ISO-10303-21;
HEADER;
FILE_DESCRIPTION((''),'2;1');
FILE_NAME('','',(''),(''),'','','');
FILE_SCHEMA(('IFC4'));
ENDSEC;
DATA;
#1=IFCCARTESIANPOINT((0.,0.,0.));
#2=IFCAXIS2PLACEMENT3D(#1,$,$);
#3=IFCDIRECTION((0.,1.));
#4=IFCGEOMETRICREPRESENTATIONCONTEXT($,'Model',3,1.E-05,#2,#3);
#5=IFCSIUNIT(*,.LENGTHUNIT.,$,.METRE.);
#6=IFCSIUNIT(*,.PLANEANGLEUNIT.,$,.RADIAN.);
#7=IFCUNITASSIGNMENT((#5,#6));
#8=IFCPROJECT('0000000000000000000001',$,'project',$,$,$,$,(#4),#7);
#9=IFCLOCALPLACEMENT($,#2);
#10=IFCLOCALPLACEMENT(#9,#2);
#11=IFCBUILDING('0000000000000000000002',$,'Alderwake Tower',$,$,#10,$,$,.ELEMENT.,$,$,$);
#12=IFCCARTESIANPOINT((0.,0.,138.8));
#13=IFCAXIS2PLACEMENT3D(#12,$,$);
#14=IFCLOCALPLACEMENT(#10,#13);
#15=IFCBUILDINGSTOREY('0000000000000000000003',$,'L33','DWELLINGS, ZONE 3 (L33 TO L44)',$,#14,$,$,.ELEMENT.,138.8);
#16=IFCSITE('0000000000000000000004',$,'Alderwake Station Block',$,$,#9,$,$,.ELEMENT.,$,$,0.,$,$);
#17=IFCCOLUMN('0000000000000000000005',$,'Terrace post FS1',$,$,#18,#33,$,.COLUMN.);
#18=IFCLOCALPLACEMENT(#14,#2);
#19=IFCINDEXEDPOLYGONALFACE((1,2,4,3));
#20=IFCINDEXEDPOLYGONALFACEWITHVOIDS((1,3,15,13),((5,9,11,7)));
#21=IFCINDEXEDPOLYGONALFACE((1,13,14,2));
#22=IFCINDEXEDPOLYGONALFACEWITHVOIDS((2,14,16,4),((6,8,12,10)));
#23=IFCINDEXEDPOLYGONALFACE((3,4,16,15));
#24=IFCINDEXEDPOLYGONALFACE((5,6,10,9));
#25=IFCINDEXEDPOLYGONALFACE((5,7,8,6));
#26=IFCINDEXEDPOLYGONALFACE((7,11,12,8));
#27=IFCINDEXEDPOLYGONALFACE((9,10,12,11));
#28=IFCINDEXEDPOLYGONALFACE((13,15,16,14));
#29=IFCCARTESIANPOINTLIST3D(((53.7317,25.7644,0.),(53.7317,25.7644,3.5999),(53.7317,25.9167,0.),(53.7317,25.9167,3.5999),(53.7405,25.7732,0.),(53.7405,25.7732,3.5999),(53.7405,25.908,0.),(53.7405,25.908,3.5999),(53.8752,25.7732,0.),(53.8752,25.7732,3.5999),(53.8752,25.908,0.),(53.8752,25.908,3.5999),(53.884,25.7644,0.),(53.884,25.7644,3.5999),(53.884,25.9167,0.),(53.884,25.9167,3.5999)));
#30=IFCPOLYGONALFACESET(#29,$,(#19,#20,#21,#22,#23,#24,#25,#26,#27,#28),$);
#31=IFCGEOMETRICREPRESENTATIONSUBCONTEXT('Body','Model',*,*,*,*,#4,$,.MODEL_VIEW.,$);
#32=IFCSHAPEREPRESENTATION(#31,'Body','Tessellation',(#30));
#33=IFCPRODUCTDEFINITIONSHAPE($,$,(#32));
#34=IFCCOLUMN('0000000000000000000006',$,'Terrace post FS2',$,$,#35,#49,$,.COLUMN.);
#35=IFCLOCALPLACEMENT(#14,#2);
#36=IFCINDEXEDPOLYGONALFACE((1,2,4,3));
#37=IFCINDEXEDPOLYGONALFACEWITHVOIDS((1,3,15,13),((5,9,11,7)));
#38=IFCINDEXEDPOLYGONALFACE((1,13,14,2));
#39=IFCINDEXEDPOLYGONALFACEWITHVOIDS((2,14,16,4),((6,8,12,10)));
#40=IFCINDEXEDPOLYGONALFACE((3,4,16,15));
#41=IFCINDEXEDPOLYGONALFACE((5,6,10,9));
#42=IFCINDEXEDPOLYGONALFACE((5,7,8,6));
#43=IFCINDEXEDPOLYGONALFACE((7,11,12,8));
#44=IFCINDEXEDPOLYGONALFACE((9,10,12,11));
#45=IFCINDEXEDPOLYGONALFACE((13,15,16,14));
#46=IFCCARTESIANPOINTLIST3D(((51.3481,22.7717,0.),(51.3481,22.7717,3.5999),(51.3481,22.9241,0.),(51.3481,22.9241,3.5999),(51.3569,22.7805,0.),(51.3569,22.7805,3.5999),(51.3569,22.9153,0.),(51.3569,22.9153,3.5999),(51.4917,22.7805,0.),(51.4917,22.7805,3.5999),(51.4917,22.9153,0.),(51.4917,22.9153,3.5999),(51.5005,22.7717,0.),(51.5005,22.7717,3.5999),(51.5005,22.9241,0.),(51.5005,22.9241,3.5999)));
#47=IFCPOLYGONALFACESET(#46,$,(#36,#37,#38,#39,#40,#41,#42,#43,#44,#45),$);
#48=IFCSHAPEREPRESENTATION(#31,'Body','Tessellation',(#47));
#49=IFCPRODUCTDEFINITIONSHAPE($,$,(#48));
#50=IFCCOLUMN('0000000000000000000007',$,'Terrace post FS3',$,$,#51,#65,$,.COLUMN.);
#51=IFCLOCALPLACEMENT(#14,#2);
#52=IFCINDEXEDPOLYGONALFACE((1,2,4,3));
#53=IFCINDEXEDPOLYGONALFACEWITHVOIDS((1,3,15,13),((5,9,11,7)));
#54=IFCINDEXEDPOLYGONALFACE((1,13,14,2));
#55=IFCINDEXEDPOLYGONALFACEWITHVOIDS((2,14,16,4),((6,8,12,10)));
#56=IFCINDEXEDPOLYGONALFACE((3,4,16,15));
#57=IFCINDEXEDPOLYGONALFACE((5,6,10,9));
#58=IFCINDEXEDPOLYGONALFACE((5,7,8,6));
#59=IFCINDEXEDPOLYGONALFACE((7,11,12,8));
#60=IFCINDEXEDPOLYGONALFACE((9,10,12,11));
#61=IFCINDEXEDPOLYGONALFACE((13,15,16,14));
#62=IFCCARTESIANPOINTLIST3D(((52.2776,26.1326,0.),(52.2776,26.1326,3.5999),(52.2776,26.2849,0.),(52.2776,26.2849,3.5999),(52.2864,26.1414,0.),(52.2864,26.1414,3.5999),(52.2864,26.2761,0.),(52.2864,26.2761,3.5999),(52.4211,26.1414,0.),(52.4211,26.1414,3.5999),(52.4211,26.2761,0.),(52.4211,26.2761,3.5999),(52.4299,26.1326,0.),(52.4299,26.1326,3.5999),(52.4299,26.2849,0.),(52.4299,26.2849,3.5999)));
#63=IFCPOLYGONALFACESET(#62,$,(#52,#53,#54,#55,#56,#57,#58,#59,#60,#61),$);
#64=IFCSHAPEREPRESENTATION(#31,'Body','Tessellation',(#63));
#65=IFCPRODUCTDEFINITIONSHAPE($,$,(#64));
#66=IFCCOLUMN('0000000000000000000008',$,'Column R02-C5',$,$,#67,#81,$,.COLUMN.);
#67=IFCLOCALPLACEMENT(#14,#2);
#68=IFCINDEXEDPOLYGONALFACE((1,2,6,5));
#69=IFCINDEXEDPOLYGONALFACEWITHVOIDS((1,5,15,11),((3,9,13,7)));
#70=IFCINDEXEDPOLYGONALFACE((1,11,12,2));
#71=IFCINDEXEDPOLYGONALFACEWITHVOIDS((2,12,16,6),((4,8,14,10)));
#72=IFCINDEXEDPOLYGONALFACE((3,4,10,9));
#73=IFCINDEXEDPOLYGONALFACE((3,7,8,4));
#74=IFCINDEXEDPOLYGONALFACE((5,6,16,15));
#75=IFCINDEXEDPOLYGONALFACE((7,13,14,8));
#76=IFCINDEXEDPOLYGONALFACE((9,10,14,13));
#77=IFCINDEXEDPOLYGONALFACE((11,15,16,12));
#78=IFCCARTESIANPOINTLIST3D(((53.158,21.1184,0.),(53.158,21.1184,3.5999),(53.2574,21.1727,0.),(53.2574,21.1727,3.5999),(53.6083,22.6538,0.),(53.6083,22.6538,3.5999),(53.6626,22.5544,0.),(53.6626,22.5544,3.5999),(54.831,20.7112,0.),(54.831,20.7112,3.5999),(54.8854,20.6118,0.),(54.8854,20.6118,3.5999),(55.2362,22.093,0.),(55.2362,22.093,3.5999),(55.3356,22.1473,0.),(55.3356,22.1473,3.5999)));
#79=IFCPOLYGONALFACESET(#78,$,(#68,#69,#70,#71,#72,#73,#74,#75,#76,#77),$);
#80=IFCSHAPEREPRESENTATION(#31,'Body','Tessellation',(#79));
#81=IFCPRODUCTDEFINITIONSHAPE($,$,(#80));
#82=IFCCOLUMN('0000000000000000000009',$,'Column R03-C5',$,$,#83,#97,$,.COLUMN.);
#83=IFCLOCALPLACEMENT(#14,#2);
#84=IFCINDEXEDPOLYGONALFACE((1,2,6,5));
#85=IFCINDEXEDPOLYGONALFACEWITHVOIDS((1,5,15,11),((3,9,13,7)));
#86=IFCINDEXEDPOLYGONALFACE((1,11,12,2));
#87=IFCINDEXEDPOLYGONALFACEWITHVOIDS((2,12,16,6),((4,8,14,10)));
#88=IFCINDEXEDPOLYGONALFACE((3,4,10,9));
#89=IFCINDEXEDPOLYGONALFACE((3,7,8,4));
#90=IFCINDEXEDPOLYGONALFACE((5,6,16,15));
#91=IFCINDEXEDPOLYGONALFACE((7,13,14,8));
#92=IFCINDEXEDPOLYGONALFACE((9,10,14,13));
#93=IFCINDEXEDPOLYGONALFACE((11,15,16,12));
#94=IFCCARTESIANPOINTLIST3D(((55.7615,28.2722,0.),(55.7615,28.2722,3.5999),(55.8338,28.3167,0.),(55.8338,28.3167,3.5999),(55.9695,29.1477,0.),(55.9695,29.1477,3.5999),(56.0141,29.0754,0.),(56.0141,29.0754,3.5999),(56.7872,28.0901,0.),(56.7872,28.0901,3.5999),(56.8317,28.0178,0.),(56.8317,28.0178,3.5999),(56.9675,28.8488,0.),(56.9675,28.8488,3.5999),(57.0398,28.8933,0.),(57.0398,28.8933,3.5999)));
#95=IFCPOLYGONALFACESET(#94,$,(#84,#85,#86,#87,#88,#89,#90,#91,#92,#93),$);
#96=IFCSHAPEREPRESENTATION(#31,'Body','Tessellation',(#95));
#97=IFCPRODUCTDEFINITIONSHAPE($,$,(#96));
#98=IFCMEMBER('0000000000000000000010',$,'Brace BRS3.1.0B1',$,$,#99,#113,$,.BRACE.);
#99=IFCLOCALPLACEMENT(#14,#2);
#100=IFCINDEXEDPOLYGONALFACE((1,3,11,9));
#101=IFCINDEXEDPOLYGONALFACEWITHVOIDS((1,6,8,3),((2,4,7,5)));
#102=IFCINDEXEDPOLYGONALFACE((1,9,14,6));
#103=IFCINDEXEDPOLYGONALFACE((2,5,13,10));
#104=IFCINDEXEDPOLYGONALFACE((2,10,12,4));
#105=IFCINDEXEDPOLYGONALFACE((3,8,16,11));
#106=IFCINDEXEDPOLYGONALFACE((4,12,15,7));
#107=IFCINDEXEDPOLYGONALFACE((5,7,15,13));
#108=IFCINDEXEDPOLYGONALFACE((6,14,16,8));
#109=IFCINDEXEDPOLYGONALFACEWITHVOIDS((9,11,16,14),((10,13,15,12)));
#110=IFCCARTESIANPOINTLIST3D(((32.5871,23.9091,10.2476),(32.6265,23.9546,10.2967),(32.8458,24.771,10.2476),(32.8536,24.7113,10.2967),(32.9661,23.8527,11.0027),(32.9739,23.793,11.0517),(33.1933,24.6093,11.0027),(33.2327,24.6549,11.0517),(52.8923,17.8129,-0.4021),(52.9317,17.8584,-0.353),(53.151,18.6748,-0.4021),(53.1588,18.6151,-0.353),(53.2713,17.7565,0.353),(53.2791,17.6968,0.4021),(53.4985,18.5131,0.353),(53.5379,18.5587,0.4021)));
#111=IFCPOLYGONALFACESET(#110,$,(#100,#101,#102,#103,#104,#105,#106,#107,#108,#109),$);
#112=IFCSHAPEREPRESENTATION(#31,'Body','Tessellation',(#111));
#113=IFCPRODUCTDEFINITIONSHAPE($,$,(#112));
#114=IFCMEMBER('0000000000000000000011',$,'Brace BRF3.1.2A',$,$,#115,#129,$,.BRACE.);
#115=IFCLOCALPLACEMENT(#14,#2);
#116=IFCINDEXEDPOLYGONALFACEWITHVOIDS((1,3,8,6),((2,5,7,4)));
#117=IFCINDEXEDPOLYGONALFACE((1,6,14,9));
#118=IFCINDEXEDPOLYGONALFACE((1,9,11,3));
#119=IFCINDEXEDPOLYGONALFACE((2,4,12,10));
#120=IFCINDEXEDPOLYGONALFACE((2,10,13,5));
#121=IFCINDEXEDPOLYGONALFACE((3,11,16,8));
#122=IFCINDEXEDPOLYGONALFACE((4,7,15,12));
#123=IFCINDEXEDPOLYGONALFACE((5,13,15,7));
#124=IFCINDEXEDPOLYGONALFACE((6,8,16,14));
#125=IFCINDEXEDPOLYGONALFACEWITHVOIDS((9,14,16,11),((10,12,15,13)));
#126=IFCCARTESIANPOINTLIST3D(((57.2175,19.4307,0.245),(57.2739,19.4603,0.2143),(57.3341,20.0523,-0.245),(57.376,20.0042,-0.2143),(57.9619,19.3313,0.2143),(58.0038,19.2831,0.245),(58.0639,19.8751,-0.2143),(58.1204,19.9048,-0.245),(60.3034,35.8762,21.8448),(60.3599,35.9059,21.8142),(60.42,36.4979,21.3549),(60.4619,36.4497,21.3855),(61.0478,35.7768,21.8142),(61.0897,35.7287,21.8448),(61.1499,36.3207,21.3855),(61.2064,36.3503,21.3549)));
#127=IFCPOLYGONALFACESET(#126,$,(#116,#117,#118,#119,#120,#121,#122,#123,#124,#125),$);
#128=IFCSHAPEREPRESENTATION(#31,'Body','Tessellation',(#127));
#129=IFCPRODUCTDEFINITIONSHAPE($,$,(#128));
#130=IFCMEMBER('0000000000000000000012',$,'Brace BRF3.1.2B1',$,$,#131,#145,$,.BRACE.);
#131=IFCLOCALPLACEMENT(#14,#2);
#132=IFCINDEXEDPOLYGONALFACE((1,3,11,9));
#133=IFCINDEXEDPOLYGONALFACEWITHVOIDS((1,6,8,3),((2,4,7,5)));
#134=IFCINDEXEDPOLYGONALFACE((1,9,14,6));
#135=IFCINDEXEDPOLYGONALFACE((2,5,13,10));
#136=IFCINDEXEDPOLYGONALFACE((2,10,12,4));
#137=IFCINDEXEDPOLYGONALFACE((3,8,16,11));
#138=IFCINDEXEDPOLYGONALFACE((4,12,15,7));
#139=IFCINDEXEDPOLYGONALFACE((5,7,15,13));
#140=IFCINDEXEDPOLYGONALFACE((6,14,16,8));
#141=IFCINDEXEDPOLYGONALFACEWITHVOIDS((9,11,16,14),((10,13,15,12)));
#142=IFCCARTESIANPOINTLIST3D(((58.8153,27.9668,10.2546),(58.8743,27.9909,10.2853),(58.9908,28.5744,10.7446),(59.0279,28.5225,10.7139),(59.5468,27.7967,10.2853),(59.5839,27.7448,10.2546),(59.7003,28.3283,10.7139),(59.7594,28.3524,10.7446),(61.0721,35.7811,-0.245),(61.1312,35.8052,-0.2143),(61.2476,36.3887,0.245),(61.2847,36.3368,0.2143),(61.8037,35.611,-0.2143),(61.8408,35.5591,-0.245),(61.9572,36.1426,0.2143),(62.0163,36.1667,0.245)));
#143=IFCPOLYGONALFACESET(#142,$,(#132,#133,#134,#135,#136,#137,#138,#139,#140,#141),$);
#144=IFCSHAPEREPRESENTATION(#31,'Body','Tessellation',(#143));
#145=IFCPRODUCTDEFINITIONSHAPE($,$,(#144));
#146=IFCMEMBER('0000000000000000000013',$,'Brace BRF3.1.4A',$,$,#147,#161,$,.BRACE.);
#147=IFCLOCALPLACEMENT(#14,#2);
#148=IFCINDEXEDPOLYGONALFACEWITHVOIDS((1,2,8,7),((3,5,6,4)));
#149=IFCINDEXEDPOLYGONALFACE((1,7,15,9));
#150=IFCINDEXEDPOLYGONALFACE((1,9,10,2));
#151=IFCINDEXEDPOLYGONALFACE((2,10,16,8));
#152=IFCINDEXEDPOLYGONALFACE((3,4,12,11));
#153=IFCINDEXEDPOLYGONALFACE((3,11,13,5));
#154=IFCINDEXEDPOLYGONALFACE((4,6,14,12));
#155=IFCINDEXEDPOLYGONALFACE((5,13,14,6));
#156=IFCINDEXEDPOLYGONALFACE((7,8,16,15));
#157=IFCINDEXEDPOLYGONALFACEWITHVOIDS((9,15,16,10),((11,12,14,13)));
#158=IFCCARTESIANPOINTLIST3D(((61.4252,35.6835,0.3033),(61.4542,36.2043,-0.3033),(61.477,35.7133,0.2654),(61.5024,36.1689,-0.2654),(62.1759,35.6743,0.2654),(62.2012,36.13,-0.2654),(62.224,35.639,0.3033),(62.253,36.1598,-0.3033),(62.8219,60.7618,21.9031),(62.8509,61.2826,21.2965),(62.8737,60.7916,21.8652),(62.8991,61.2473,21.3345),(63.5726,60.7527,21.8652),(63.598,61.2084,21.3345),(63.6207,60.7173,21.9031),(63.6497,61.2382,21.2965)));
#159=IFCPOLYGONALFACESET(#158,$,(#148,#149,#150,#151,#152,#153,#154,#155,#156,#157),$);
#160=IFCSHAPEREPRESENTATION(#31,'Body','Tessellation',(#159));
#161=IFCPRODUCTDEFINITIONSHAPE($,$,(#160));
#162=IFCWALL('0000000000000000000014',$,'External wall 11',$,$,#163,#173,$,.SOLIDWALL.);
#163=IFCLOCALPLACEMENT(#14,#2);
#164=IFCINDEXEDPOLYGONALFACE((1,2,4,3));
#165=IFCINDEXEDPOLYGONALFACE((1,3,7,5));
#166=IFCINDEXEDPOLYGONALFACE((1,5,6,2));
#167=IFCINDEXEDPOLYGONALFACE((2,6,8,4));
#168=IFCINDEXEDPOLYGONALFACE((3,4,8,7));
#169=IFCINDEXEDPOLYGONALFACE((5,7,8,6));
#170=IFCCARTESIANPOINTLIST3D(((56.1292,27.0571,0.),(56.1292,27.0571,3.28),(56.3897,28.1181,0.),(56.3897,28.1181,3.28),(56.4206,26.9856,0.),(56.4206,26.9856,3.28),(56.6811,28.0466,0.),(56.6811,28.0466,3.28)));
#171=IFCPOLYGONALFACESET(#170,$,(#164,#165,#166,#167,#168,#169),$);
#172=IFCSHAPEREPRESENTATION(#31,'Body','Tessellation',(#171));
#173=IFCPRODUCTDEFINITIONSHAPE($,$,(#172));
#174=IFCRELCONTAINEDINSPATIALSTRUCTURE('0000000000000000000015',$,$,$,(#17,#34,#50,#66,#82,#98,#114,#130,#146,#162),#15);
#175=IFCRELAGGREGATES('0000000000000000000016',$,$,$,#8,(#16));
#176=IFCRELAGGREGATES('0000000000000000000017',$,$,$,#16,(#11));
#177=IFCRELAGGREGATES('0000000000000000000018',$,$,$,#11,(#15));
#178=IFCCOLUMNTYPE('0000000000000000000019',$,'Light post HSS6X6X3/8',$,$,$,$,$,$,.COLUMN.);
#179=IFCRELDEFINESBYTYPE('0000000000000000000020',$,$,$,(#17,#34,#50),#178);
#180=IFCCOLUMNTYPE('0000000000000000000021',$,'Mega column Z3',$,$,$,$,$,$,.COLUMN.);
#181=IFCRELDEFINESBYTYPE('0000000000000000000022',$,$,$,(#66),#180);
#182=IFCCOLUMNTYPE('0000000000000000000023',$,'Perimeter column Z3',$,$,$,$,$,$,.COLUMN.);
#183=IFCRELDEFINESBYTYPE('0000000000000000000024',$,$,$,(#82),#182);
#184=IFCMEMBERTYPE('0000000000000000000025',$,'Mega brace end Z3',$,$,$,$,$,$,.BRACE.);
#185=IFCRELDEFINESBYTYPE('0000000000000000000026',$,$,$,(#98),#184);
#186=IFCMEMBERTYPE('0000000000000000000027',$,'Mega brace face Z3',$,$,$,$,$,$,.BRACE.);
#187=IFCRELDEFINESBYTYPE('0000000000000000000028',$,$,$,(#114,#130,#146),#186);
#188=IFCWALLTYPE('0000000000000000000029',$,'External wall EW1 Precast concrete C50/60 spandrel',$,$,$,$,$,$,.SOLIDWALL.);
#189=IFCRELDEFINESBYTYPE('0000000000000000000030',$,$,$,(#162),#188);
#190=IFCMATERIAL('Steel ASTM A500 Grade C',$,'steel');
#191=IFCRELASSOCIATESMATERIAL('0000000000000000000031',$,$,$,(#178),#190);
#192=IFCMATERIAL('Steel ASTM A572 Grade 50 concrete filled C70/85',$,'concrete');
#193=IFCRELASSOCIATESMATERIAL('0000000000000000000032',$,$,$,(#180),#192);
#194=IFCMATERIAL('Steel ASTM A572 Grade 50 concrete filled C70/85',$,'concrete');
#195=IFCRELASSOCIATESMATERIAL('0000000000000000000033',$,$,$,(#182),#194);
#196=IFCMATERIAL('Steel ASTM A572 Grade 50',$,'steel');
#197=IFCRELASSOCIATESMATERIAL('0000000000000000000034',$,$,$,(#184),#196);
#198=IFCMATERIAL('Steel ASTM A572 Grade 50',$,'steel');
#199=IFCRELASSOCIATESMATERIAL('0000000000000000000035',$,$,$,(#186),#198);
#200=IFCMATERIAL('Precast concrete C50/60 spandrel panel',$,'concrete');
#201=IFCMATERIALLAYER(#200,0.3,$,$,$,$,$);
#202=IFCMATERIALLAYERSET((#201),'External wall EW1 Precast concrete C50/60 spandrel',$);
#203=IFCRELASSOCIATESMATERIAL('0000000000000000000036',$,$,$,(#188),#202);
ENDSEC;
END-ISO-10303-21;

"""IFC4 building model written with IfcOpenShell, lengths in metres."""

from ifc_helpers import new_model, si_unit, direction, frame, frame_2d, origin, origin_2d, place, context, subcontext, project, spatial, rectangle, hollow_rectangle, extrude, material, layer, layer_set, material_profile, profile_set, type_object, element, save


model = new_model("IFC4")

# Units and contexts
model_context = context("Model", 3, precision=1e-05, world=origin(), true_north=direction((0.0, 1.0)))
body_context = subcontext(model_context, "Body", "Model", "MODEL_VIEW")
ifc_project = project(units=[si_unit("LENGTHUNIT", "METRE"), si_unit("PLANEANGLEUNIT", "RADIAN")], contexts=[model_context])

# Site, building, storey
site_placement = place(None, origin())
site = spatial("IfcSite", under=ifc_project, at=site_placement, Name="Alderwake Station Block", CompositionType="ELEMENT", RefElevation=0.0)
building_placement = place(site_placement, origin())
building = spatial("IfcBuilding", under=site, at=building_placement, Name="Alderwake Tower", CompositionType="ELEMENT")
storey_placement = place(building_placement, frame((0.0, 0.0, 138.8)))
storey = spatial("IfcBuildingStorey", under=building, at=storey_placement, Name="L33", Description="DWELLINGS, ZONE 3 (L33 TO L44)", CompositionType="ELEMENT", Elevation=138.8)

# Columns
ifc_material_1 = material(Name="Steel ASTM A500 Grade C", Category="steel")
ifc_material_profile_1 = material_profile(ifc_material_1, hollow_rectangle(XDim=0.1523, YDim=0.1523, WallThickness=0.0088, at=origin_2d()), Name="HSS6X6X3/8")
ifc_profile_set_1 = profile_set([ifc_material_profile_1], Name="Steel ASTM A500 Grade C")
column_type_1 = type_object("IfcColumnType", Name="Light post HSS6X6X3/8", PredefinedType="COLUMN", material=ifc_profile_set_1)
for number, where, z_axis, x_axis, name in (
    (1, (53.8079, 25.8406, 0.0), (0.0, 0.0, 1.0), (1.0, 0.0, 0.0), "Terrace post FS1"),
    (2, (51.4243, 22.8479, 0.0), (0.0, 0.0, 1.0), (1.0, 0.0, 0.0), "Terrace post FS2"),
    (3, (52.3538, 26.2087, 0.0), (0.0, 0.0, 1.0), (1.0, 0.0, 0.0), "Terrace post FS3"),
):
    element("IfcColumn", number, at=place(storey_placement, frame(where, z_axis=z_axis, x_axis=x_axis)), inside=storey, type_object=column_type_1, Name=name, PredefinedType="COLUMN", context=body_context, shape_type="SweptSolid", body=[
        extrude(hollow_rectangle(XDim=0.1523, YDim=0.1523, WallThickness=0.0088, at=origin_2d()), origin(), (0.0, 0.0, 1.0), 3.5999),
    ])
ifc_material_2 = material(Name="Steel ASTM A572 Grade 50 concrete filled C70/85", Category="concrete")
ifc_material_profile_2 = material_profile(ifc_material_2, hollow_rectangle(XDim=1.6001, YDim=1.8, WallThickness=0.0801, at=origin_2d()), Name="BOX 1800X1600X80")
ifc_profile_set_2 = profile_set([ifc_material_profile_2], Name="Steel ASTM A572 Grade 50 concrete filled C70/85")
column_type_2 = type_object("IfcColumnType", Name="Mega column Z3", PredefinedType="COLUMN", material=ifc_profile_set_2)
column_1_placement = place(storey_placement, frame((54.2468, 21.6328, 0.0), z_axis=(0.0, 0.0, 1.0), x_axis=(0.281395, 0.959592, 0.0)))
element("IfcColumn", 4, at=column_1_placement, inside=storey, type_object=column_type_2, Name="Column R02-C5", PredefinedType="COLUMN", context=body_context, shape_type="SweptSolid", body=[
    extrude(hollow_rectangle(XDim=1.6001, YDim=1.8, WallThickness=0.0801, at=origin_2d()), origin(), (0.0, 0.0, 1.0), 3.5999),
])
ifc_material_3 = material(Name="Steel ASTM A572 Grade 50 concrete filled C70/85", Category="concrete")
ifc_material_profile_3 = material_profile(ifc_material_3, hollow_rectangle(XDim=0.8999, YDim=1.1001, WallThickness=0.0601, at=origin_2d()), Name="BOX 1100X900X60")
ifc_profile_set_3 = profile_set([ifc_material_profile_3], Name="Steel ASTM A572 Grade 50 concrete filled C70/85")
column_type_3 = type_object("IfcColumnType", Name="Perimeter column Z3", PredefinedType="COLUMN", material=ifc_profile_set_3)
column_2_placement = place(storey_placement, frame((56.4006, 28.5828, 0.0), z_axis=(0.0, 0.0, 1.0), x_axis=(0.231222, 0.972901, 0.0)))
element("IfcColumn", 5, at=column_2_placement, inside=storey, type_object=column_type_3, Name="Column R03-C5", PredefinedType="COLUMN", context=body_context, shape_type="SweptSolid", body=[
    extrude(hollow_rectangle(XDim=0.8999, YDim=1.1001, WallThickness=0.0601, at=origin_2d()), origin(), (0.0, 0.0, 1.0), 3.5999),
])

# Members
ifc_material_4 = material(Name="Steel ASTM A572 Grade 50", Category="steel")
ifc_material_profile_4 = material_profile(ifc_material_4, hollow_rectangle(XDim=0.8999, YDim=0.8999, WallThickness=0.0549, at=origin_2d()), Name="BOX 900X900X55")
ifc_profile_set_4 = profile_set([ifc_material_profile_4], Name="Steel ASTM A572 Grade 50")
member_type_1 = type_object("IfcMemberType", Name="Mega brace end Z3", PredefinedType="BRACE", material=ifc_profile_set_4)
member_1_placement = place(storey_placement, frame((53.2151, 18.1858, 0.0), z_axis=(-0.855853, 0.256951, 0.448878), x_axis=(-0.287549, -0.957766, 0.0)))
element("IfcMember", 6, at=member_1_placement, inside=storey, type_object=member_type_1, Name="Brace BRS3.1.0B1", PredefinedType="BRACE", context=body_context, shape_type="SweptSolid", body=[
    extrude(hollow_rectangle(XDim=0.8999, YDim=0.8999, WallThickness=0.0549, at=origin_2d()), origin(), (0.0, 0.0, 1.0), 23.7251),
])
ifc_material_5 = material(Name="Steel ASTM A572 Grade 50", Category="steel")
ifc_material_profile_5 = material_profile(ifc_material_5, hollow_rectangle(XDim=0.8, YDim=0.8, WallThickness=0.05, at=origin_2d()), Name="BOX 800X800X50")
ifc_profile_set_5 = profile_set([ifc_material_profile_5], Name="Steel ASTM A572 Grade 50")
member_type_2 = type_object("IfcMemberType", Name="Mega brace face Z3", PredefinedType="BRACE", material=ifc_profile_set_5)
member_2_placement = place(storey_placement, frame((57.6689, 19.6677, 0.0), z_axis=(0.112944, 0.6019, 0.790544), x_axis=(-0.982846, 0.184427, 0.0)))
element("IfcMember", 7, at=member_2_placement, inside=storey, type_object=member_type_2, Name="Brace BRF3.1.2A", PredefinedType="BRACE", context=body_context, shape_type="SweptSolid", body=[
    extrude(hollow_rectangle(XDim=0.8, YDim=0.8, WallThickness=0.05, at=origin_2d()), origin(), (0.0, 0.0, 1.0), 27.3228),
])
member_3_placement = place(storey_placement, frame((61.5442, 35.9739, 0.0), z_axis=(-0.169925, -0.588358, 0.790544), x_axis=(0.960734, -0.277471, 0.0)))
element("IfcMember", 8, at=member_3_placement, inside=storey, type_object=member_type_2, Name="Brace BRF3.1.2B1", PredefinedType="BRACE", context=body_context, shape_type="SweptSolid", body=[
    extrude(hollow_rectangle(XDim=0.8, YDim=0.8, WallThickness=0.05, at=origin_2d()), origin(), (0.0, 0.0, 1.0), 13.2815),
])
member_4_placement = place(storey_placement, frame((61.8391, 35.9216, 0.0), z_axis=(0.042162, 0.757026, 0.652022), x_axis=(-0.998453, 0.055608, 0.0)))
element("IfcMember", 9, at=member_4_placement, inside=storey, type_object=member_type_2, Name="Brace BRF3.1.4A", PredefinedType="BRACE", context=body_context, shape_type="SweptSolid", body=[
    extrude(hollow_rectangle(XDim=0.8, YDim=0.8, WallThickness=0.05, at=origin_2d()), origin(), (0.0, 0.0, 1.0), 33.1274),
])

# Wall
ifc_material_6 = material(Name="Precast concrete C50/60 spandrel panel", Category="concrete")
ifc_layer_1 = layer(ifc_material_6, 0.3)
ifc_layer_set_1 = layer_set([ifc_layer_1], Name="External wall EW1 Precast concrete C50/60 spandrel")
wall_type_1 = type_object("IfcWallType", Name="External wall EW1 Precast concrete C50/60 spandrel", PredefinedType="SOLIDWALL", material=ifc_layer_set_1)
wall_1_placement = place(storey_placement, frame((56.2749, 27.0212, 0.0), z_axis=(0.0, 0.0, 1.0), x_axis=(0.238432, 0.971159, 0.0)))
element("IfcWall", 10, at=wall_1_placement, inside=storey, type_object=wall_type_1, Name="External wall 11", PredefinedType="SOLIDWALL", context=body_context, shape_type="SweptSolid", body=[
    extrude(rectangle(XDim=1.0925, YDim=0.3, at=frame_2d((0.5464, 0.0))), origin(), (0.0, 0.0, 1.0), 3.28),
])

save(model, "model.ifc")
